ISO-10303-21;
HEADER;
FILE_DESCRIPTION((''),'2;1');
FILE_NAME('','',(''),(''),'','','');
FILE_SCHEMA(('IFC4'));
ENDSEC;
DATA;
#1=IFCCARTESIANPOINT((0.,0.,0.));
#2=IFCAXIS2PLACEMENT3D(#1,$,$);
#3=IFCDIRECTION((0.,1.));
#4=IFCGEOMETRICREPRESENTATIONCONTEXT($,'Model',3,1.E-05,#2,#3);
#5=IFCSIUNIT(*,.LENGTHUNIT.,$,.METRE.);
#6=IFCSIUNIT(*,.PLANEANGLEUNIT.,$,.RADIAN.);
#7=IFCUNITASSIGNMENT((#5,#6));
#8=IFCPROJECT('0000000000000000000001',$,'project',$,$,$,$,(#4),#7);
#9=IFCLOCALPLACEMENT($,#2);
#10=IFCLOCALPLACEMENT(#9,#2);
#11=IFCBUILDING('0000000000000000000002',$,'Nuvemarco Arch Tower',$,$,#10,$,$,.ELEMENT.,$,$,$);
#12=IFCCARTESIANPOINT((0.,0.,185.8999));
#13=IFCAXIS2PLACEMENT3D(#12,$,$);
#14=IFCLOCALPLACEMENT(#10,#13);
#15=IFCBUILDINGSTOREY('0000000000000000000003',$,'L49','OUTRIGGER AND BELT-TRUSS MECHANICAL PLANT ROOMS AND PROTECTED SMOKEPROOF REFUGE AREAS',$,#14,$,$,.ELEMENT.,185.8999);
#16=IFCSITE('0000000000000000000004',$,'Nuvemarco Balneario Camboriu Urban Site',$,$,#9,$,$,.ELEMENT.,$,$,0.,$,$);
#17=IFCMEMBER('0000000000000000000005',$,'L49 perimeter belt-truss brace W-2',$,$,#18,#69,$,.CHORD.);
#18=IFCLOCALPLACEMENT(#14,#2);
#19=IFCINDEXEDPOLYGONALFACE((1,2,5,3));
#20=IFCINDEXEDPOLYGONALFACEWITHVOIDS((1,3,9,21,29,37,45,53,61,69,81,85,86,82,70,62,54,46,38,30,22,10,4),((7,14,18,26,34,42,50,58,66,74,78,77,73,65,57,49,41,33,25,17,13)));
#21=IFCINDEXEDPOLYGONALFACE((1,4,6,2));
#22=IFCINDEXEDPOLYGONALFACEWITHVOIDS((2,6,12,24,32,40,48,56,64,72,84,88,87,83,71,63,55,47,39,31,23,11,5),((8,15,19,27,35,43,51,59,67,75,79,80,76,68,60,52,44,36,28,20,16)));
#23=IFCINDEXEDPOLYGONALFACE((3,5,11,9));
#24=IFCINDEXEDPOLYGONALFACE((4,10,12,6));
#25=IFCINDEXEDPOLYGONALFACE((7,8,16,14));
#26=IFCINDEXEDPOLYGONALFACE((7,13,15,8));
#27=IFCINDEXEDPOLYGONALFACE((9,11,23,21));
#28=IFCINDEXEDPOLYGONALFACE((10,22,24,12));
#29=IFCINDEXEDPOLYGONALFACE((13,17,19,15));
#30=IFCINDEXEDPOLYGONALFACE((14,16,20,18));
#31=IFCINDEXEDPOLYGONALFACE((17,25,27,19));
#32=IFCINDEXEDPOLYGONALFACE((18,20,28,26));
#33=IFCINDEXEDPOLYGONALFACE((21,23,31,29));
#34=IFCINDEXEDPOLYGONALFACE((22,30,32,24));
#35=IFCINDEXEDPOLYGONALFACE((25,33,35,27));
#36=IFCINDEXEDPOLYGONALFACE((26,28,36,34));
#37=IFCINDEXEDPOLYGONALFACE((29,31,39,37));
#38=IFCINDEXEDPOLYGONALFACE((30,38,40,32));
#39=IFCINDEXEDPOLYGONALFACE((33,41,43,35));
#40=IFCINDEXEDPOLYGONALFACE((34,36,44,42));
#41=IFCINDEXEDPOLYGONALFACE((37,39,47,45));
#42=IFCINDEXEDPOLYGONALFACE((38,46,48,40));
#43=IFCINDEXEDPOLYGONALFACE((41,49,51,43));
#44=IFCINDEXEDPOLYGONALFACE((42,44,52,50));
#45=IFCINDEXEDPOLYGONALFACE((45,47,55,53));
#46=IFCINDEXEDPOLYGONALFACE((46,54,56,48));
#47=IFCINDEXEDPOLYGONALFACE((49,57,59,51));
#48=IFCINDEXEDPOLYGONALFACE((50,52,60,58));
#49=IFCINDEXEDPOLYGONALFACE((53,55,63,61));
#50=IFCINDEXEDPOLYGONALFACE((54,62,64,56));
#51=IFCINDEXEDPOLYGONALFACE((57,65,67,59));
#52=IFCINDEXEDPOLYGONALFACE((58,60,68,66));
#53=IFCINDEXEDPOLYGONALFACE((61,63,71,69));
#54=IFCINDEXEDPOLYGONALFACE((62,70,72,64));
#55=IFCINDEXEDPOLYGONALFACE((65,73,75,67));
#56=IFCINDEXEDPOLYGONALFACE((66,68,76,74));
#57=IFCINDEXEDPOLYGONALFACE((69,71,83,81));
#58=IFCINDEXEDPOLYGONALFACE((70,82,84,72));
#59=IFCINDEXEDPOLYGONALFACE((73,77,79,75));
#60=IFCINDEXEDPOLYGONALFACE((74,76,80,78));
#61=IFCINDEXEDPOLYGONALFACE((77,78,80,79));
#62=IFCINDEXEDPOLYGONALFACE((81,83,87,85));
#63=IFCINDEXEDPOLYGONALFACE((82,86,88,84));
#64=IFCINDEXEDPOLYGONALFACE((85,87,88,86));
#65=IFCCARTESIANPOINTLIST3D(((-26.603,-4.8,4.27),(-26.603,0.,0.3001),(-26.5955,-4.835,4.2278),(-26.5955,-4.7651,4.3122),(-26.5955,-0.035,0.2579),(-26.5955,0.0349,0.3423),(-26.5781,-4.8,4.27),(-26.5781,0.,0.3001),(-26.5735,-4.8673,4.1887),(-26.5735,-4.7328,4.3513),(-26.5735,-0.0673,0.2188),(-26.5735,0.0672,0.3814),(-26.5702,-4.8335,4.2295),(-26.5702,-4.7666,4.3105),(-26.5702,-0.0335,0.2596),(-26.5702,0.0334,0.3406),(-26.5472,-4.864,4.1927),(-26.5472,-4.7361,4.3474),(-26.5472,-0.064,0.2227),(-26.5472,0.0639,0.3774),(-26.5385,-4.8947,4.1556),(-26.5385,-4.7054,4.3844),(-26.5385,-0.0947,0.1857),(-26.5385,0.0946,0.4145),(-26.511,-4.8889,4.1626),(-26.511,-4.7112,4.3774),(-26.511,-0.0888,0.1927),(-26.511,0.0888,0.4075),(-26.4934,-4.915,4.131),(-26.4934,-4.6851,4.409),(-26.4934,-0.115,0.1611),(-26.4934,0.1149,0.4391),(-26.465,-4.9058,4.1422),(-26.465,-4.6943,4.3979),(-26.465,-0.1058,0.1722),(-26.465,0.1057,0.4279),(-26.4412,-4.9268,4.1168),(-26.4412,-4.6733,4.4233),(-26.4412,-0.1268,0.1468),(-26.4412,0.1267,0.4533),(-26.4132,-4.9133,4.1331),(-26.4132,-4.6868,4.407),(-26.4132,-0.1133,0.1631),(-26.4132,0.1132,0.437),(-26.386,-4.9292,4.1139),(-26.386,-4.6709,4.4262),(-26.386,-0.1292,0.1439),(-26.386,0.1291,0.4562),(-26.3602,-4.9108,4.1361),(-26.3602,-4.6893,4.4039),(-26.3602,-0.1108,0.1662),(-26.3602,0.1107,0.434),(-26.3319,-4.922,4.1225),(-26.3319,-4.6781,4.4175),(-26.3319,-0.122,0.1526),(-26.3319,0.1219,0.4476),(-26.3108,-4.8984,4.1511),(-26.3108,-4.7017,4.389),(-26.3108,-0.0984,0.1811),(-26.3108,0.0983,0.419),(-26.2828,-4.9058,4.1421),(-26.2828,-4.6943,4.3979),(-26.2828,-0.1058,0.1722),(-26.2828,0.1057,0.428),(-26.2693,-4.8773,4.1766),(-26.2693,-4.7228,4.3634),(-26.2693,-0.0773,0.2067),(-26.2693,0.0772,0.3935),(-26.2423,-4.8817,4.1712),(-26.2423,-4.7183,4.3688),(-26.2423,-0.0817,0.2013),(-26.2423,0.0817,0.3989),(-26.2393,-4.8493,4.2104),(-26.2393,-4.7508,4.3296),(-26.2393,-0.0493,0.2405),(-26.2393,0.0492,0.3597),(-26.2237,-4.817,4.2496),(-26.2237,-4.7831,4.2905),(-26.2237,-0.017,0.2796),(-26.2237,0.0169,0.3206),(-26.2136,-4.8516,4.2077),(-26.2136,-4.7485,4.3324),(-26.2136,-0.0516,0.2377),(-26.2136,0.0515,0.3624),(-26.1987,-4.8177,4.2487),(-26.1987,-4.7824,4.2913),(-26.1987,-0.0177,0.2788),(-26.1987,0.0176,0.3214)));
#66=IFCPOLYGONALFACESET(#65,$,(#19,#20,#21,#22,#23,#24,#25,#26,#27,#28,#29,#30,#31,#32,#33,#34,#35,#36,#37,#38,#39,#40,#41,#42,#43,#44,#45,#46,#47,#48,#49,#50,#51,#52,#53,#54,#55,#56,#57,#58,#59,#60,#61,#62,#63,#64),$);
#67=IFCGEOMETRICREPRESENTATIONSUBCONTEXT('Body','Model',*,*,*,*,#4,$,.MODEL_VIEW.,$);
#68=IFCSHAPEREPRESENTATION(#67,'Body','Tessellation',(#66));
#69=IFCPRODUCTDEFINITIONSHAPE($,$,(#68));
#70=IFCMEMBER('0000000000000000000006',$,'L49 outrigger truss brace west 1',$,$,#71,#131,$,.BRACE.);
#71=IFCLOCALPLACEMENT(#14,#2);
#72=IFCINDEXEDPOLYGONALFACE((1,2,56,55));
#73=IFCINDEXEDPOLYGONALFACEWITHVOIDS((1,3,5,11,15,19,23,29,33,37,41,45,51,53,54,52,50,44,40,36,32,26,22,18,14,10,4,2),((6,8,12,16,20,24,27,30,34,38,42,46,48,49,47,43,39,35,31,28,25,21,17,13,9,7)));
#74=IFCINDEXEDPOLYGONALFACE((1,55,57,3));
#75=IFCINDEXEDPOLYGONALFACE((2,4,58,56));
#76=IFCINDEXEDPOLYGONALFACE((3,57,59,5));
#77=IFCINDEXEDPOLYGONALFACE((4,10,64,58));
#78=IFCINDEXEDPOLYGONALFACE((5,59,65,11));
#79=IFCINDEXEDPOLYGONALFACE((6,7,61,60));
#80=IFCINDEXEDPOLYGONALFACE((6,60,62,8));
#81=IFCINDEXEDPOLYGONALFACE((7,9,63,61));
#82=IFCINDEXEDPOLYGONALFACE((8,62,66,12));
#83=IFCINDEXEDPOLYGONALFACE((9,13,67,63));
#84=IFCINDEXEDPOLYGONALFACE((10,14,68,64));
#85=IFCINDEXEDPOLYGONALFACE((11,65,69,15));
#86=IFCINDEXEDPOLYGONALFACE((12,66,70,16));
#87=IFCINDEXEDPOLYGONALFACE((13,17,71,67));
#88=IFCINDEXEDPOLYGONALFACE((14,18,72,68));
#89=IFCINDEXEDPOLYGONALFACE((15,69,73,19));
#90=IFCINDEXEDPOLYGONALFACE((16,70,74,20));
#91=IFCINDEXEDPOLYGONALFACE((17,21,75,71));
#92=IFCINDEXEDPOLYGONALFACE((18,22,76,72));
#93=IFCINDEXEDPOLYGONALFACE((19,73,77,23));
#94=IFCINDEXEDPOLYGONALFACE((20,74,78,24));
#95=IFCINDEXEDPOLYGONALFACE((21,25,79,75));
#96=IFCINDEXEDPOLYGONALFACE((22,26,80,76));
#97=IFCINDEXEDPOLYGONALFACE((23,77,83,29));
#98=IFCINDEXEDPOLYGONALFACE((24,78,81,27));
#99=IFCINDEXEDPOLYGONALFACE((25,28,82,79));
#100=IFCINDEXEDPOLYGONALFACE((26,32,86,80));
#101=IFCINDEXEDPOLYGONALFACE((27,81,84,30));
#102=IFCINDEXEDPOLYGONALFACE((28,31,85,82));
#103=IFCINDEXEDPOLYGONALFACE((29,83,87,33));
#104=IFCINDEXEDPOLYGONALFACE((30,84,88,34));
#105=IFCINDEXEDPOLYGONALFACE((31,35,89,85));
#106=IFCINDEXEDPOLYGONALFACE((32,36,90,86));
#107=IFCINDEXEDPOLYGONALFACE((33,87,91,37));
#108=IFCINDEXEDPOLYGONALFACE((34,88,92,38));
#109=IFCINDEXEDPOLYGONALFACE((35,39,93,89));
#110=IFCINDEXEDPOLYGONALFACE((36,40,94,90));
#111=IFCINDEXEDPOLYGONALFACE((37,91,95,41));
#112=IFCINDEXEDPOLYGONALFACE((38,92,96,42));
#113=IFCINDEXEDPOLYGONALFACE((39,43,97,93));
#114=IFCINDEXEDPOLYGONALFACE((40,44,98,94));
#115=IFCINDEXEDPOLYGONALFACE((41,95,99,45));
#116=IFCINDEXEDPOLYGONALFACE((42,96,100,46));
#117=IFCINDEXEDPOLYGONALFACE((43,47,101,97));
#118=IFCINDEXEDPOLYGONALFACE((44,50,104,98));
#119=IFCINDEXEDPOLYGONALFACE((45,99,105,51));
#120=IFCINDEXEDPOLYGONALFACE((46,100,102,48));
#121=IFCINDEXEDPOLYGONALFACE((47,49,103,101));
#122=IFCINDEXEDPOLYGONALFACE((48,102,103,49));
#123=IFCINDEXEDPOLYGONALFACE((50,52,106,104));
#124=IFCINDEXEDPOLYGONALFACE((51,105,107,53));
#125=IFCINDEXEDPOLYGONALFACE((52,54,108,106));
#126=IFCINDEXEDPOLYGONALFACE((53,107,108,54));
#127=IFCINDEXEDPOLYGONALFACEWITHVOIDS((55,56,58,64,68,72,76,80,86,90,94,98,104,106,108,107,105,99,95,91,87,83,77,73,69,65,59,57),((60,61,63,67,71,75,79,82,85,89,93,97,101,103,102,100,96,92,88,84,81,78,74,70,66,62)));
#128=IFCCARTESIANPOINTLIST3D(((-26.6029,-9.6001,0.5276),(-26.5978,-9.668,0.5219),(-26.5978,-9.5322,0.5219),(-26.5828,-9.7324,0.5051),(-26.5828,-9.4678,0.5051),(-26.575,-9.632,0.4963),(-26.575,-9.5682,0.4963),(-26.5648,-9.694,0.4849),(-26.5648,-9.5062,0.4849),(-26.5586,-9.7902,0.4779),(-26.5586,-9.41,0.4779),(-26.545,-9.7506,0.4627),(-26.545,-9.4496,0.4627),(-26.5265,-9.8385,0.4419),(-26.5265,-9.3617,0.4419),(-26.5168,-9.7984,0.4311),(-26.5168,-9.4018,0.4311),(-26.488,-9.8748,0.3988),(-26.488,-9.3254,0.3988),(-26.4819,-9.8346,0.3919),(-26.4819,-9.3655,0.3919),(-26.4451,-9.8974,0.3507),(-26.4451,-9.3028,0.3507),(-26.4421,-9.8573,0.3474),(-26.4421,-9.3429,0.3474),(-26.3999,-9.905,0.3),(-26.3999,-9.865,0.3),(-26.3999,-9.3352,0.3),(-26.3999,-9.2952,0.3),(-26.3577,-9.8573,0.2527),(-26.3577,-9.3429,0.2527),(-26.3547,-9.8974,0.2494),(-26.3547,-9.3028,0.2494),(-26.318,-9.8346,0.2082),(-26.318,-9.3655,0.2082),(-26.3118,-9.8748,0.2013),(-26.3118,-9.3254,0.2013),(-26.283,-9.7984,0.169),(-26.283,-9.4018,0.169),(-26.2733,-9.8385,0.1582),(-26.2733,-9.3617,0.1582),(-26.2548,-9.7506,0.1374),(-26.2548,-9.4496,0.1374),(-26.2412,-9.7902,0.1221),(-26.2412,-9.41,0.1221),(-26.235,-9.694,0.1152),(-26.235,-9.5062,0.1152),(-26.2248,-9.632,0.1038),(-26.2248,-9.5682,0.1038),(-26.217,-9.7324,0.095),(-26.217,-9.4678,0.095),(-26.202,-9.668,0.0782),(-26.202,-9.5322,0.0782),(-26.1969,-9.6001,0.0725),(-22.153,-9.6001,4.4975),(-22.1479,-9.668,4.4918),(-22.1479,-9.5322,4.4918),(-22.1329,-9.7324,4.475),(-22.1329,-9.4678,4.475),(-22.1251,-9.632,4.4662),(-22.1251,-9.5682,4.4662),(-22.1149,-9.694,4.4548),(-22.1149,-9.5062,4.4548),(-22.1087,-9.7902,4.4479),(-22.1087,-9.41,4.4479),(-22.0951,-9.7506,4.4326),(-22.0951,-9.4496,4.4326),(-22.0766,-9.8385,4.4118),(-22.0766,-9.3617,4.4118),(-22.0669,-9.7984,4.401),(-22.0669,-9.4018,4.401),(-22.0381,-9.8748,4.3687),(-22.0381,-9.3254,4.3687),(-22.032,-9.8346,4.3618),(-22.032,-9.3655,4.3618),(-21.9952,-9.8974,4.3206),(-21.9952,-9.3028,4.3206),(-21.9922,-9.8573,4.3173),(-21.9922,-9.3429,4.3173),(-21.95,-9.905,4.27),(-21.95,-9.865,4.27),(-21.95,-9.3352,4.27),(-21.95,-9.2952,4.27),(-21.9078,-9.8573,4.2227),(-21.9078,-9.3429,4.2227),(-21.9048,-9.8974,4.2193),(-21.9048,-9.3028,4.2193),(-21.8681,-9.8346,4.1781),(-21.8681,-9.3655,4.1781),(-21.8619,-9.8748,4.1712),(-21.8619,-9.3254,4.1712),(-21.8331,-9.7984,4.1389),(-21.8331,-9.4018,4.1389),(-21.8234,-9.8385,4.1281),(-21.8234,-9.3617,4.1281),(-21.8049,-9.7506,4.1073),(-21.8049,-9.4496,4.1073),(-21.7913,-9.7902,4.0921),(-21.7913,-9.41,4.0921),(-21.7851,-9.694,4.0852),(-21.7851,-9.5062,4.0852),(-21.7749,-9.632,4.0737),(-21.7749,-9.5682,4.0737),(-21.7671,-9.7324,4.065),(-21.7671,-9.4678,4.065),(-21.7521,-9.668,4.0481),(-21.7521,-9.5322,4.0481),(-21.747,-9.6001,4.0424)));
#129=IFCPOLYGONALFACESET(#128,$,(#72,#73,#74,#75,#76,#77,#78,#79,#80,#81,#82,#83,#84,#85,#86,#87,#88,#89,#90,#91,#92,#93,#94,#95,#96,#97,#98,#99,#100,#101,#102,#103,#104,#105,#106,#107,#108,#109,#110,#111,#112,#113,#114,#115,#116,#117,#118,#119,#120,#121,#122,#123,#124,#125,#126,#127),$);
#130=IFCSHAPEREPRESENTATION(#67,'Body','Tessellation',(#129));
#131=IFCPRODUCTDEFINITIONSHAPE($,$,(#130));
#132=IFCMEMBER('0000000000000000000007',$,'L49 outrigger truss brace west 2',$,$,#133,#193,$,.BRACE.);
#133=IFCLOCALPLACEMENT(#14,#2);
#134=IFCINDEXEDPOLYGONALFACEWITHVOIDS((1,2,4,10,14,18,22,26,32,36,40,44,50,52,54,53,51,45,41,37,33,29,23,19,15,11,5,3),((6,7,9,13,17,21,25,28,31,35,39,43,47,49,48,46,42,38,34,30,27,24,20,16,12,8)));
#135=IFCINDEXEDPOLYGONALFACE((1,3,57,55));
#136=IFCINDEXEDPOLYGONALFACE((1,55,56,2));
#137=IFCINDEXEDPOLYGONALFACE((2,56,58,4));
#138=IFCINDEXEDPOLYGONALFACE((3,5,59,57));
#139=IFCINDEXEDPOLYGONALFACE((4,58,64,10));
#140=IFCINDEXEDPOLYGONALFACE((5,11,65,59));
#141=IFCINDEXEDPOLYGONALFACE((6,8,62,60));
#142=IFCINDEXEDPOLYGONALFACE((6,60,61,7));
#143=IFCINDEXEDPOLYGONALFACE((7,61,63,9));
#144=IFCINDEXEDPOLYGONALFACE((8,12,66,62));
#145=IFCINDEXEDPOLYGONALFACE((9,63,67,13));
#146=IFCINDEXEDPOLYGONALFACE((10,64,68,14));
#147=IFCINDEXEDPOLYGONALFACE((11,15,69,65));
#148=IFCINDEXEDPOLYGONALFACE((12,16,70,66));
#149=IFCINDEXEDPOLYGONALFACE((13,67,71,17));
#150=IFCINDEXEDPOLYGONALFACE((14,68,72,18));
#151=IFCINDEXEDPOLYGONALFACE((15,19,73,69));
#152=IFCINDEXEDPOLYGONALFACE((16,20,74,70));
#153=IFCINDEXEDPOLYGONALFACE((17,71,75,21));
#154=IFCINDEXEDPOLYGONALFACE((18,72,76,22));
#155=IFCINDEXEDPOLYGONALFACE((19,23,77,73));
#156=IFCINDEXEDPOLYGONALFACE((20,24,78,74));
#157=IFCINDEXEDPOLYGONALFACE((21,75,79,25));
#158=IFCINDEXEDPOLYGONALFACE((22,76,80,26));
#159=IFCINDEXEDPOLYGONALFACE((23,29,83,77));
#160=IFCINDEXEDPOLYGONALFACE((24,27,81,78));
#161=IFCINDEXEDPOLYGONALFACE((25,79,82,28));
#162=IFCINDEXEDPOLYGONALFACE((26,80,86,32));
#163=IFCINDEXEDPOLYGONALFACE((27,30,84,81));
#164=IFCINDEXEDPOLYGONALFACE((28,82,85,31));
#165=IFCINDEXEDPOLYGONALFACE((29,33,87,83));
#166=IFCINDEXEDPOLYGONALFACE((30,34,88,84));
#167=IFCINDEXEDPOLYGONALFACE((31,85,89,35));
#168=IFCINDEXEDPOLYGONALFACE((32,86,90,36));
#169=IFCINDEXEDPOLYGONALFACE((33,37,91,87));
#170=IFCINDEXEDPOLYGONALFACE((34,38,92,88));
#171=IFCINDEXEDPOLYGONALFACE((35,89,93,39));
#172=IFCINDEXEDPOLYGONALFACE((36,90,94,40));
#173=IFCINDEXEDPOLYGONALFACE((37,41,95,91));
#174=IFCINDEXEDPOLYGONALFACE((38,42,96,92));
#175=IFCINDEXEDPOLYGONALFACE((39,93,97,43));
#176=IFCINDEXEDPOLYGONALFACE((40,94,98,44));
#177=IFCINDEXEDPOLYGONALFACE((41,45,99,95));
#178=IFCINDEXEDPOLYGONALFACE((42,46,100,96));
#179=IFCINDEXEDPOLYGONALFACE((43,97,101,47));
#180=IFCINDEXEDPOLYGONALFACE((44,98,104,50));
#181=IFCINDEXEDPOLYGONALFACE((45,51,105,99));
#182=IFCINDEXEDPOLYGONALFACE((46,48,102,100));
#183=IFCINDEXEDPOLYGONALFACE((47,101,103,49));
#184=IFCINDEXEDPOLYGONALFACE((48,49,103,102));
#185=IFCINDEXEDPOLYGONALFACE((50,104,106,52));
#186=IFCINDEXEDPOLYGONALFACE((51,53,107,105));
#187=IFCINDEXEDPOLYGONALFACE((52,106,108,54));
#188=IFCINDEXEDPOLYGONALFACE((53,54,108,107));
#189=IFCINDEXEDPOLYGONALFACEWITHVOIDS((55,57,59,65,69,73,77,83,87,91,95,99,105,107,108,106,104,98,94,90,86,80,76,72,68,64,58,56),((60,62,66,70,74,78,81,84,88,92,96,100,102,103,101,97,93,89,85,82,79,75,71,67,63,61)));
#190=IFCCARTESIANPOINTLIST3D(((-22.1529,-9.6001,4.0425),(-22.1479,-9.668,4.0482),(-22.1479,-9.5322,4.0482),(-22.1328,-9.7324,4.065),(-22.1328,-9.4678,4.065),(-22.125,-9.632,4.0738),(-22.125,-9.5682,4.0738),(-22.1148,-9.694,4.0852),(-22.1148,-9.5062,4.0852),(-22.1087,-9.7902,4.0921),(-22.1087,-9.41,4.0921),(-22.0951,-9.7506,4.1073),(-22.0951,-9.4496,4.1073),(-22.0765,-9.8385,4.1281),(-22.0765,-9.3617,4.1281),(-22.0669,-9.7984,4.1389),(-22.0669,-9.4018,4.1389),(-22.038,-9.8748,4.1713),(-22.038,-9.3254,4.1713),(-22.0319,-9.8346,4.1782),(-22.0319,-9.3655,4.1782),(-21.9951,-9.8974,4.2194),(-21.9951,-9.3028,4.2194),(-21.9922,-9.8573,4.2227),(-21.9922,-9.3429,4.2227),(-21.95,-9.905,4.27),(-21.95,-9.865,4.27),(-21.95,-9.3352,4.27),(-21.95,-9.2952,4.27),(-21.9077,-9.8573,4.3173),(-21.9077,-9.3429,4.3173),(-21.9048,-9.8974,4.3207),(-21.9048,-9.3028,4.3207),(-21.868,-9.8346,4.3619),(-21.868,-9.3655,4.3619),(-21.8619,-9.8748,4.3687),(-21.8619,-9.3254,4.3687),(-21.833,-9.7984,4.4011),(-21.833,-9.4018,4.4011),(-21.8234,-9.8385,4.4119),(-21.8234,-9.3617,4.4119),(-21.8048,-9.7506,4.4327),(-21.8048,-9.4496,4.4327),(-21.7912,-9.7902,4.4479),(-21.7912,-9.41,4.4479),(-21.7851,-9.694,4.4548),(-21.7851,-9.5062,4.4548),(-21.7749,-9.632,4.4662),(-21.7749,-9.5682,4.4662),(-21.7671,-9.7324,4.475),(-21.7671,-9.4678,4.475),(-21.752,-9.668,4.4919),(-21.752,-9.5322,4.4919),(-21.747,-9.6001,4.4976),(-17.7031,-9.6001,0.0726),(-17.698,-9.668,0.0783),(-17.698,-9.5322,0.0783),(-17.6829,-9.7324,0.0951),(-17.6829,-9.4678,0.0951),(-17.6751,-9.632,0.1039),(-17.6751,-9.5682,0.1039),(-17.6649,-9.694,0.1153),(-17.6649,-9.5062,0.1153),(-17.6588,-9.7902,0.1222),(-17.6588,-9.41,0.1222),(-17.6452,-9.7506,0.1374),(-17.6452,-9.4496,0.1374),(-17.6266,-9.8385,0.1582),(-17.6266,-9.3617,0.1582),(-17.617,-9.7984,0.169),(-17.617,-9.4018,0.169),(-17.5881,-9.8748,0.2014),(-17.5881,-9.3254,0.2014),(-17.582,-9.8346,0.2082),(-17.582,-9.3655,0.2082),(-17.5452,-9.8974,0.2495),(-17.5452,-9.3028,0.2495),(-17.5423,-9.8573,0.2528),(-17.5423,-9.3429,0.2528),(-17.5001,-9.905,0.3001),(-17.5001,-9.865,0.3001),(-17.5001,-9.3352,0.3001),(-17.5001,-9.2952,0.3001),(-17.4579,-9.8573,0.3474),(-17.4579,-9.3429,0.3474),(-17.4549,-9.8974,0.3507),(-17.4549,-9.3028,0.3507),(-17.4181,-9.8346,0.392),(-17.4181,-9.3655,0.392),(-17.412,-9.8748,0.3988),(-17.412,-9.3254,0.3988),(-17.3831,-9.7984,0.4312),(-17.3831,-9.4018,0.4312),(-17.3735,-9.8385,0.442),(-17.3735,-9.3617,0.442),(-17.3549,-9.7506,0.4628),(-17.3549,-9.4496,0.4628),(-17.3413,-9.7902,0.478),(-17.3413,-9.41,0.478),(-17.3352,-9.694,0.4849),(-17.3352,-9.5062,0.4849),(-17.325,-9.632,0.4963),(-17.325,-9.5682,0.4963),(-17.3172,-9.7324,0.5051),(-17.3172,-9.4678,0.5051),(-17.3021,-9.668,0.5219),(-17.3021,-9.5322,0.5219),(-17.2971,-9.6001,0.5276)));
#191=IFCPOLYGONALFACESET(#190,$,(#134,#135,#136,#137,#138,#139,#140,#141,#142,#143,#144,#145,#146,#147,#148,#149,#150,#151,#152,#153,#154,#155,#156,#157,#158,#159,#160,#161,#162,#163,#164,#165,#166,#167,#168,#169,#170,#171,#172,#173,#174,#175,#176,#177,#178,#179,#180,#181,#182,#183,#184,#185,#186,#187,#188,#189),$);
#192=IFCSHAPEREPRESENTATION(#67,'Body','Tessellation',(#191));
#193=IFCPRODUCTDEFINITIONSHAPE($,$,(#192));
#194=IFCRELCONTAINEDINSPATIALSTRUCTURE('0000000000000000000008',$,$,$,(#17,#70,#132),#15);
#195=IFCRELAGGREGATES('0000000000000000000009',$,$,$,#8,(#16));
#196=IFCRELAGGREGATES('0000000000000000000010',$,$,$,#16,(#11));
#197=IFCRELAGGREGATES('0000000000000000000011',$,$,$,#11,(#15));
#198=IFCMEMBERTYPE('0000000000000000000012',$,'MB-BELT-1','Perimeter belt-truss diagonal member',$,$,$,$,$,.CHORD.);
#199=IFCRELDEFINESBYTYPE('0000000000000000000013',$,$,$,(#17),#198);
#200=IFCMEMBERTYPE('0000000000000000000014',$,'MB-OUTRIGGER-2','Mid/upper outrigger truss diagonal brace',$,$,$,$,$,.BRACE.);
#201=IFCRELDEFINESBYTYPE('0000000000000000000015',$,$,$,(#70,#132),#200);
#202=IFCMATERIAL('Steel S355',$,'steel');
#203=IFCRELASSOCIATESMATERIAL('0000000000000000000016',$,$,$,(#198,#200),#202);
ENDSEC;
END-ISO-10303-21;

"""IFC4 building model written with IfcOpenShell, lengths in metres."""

from ifc_helpers import new_model, si_unit, direction, frame, origin, origin_2d, place, context, subcontext, project, spatial, hollow_circle, extrude, material, material_profile, profile_set, type_object, element, save


model = new_model("IFC4")

# Units and contexts
model_context = context("Model", 3, precision=1e-05, world=origin(), true_north=direction((0.0, 1.0)))
body_context = subcontext(model_context, "Body", "Model", "MODEL_VIEW")
ifc_project = project(units=[si_unit("LENGTHUNIT", "METRE"), si_unit("PLANEANGLEUNIT", "RADIAN")], contexts=[model_context])

# Site, building, storey
site_placement = place(None, origin())
site = spatial("IfcSite", under=ifc_project, at=site_placement, Name="Nuvemarco Balneario Camboriu Urban Site", CompositionType="ELEMENT", RefElevation=0.0)
building_placement = place(site_placement, origin())
building = spatial("IfcBuilding", under=site, at=building_placement, Name="Nuvemarco Arch Tower", CompositionType="ELEMENT")
storey_placement = place(building_placement, frame((0.0, 0.0, 185.8999)))
storey = spatial("IfcBuildingStorey", under=building, at=storey_placement, Name="L49", Description="OUTRIGGER AND BELT-TRUSS MECHANICAL PLANT ROOMS AND PROTECTED SMOKEPROOF REFUGE AREAS", CompositionType="ELEMENT", Elevation=185.8999)

# Shared definitions
ifc_material_1 = material(Name="Steel S355", Category="steel")

# Members
ifc_material_profile_1 = material_profile(ifc_material_1, hollow_circle(Radius=0.2031, WallThickness=0.0249, at=origin_2d()), Name="CHS406.4x25")
ifc_profile_set_1 = profile_set([ifc_material_profile_1], Name="Steel S355")
member_type_1 = type_object("IfcMemberType", Name="MB-BELT-1", Description="Perimeter belt-truss diagonal member", PredefinedType="CHORD", material=ifc_profile_set_1)
for number, where, z_axis, x_axis, name in (
    (1, (-26.3999, -4.8, 4.27), (0.0, 0.77059, -0.637331), (-1.0, 0.0, 0.0), "L49 perimeter belt-truss brace W-2"),
):
    element("IfcMember", number, at=place(storey_placement, frame(where, z_axis=z_axis, x_axis=x_axis)), inside=storey, type_object=member_type_1, Name=name, PredefinedType="CHORD", context=body_context, shape_type="SweptSolid", body=[
        extrude(hollow_circle(Radius=0.2031, WallThickness=0.0249, at=origin_2d()), origin(), (0.0, 0.0, 1.0), 6.229),
    ])
ifc_material_profile_2 = material_profile(ifc_material_1, hollow_circle(Radius=0.3049, WallThickness=0.04, at=origin_2d()), Name="CHS610x40")
ifc_profile_set_2 = profile_set([ifc_material_profile_2], Name="Steel S355")
member_type_2 = type_object("IfcMemberType", Name="MB-OUTRIGGER-2", Description="Mid/upper outrigger truss diagonal brace", PredefinedType="BRACE", material=ifc_profile_set_2)
for number, where, z_axis, x_axis, name in (
    (2, (-26.3999, -9.6001, 0.3), (0.746204, 0.0, 0.665717), (0.0, 1.0, 0.0), "L49 outrigger truss brace west 1"),
    (3, (-21.95, -9.6001, 4.27), (0.746204, 0.0, -0.665717), (0.0, 1.0, 0.0), "L49 outrigger truss brace west 2"),
):
    element("IfcMember", number, at=place(storey_placement, frame(where, z_axis=z_axis, x_axis=x_axis)), inside=storey, type_object=member_type_2, Name=name, PredefinedType="BRACE", context=body_context, shape_type="SweptSolid", body=[
        extrude(hollow_circle(Radius=0.3049, WallThickness=0.04, at=origin_2d()), origin(), (0.0, 0.0, 1.0), 5.9634),
    ])

save(model, "model.ifc")
